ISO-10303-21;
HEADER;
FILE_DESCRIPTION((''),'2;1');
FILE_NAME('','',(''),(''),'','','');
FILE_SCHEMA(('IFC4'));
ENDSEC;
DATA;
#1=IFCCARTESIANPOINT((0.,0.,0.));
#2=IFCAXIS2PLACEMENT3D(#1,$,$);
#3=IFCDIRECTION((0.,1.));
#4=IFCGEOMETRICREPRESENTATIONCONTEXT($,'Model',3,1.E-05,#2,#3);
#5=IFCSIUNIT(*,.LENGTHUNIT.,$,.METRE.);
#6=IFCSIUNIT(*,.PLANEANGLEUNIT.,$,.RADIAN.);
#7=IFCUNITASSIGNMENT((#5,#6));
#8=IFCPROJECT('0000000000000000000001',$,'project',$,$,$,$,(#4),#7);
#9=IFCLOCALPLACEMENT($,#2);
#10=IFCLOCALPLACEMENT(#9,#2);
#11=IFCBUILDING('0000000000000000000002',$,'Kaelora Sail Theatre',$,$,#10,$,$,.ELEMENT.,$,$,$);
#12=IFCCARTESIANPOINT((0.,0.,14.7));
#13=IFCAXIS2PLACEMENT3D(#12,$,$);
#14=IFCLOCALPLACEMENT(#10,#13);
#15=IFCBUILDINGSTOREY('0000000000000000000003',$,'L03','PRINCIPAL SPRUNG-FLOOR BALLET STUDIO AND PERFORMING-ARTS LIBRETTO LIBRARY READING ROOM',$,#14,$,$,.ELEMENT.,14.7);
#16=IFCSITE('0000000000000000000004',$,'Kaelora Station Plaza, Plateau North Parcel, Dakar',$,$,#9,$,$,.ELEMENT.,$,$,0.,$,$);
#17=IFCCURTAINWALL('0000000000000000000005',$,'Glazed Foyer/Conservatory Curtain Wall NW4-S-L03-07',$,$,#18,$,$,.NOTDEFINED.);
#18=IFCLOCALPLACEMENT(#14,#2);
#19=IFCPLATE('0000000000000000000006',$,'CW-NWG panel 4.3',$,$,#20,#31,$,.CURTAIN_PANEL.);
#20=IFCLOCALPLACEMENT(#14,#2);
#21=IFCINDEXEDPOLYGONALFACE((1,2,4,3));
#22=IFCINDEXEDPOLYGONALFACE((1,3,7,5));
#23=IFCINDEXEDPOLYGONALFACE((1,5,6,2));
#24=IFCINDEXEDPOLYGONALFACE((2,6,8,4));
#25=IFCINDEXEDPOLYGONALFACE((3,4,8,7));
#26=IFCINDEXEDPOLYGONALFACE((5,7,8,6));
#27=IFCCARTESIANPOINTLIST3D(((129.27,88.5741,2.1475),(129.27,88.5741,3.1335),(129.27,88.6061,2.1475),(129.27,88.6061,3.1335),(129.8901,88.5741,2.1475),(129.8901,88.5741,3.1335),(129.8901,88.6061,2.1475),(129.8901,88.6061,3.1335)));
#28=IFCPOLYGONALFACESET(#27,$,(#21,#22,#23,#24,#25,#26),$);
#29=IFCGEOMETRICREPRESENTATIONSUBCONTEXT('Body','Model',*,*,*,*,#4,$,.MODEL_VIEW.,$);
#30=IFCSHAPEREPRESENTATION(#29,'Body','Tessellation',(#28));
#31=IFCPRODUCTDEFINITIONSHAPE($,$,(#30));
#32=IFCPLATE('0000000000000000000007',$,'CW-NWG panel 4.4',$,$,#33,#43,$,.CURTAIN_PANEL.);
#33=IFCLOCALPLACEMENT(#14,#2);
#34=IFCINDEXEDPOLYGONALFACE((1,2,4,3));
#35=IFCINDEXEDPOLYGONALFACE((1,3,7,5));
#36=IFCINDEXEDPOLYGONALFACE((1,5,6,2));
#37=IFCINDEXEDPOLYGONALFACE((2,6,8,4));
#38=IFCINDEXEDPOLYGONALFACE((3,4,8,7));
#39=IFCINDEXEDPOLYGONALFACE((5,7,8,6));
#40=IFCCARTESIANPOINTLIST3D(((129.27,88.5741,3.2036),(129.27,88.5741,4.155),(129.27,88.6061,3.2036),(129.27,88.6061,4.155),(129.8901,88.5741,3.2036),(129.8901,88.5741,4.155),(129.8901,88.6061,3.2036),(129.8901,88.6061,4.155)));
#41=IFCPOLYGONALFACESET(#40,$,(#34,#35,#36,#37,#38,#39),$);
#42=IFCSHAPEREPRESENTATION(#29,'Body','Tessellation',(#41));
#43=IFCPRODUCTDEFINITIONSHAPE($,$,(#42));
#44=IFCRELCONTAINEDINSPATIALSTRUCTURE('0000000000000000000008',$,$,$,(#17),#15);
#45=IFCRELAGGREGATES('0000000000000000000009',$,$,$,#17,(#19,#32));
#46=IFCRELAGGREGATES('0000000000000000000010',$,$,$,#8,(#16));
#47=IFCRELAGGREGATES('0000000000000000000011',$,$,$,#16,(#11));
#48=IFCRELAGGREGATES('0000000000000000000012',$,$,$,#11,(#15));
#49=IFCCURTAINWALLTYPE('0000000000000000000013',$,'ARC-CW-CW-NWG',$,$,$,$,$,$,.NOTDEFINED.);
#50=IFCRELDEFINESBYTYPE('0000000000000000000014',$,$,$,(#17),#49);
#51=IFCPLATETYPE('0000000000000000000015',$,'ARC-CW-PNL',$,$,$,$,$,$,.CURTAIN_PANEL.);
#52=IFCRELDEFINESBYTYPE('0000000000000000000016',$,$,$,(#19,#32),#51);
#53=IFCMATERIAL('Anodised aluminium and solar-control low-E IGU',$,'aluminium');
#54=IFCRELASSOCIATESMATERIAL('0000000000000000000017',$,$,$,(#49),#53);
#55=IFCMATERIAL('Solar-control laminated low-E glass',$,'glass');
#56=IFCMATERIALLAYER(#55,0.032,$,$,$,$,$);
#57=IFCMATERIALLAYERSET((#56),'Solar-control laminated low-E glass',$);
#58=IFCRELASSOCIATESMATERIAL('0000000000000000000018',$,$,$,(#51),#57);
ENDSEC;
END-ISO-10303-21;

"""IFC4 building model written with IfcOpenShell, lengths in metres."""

from ifc_helpers import new_model, si_unit, direction, frame, origin, origin_2d, place, context, subcontext, project, spatial, rectangle, extrude, material, layer, layer_set, type_object, element, aggregate, save


model = new_model("IFC4")

# Units and contexts
model_context = context("Model", 3, precision=1e-05, world=origin(), true_north=direction((0.0, 1.0)))
body_context = subcontext(model_context, "Body", "Model", "MODEL_VIEW")
ifc_project = project(units=[si_unit("LENGTHUNIT", "METRE"), si_unit("PLANEANGLEUNIT", "RADIAN")], contexts=[model_context])

# Site, building, storey
site_placement = place(None, origin())
site = spatial("IfcSite", under=ifc_project, at=site_placement, Name="Kaelora Station Plaza, Plateau North Parcel, Dakar", CompositionType="ELEMENT", RefElevation=0.0)
building_placement = place(site_placement, origin())
building = spatial("IfcBuilding", under=site, at=building_placement, Name="Kaelora Sail Theatre", CompositionType="ELEMENT")
storey_placement = place(building_placement, frame((0.0, 0.0, 14.7)))
storey = spatial("IfcBuildingStorey", under=building, at=storey_placement, Name="L03", Description="PRINCIPAL SPRUNG-FLOOR BALLET STUDIO AND PERFORMING-ARTS LIBRETTO LIBRARY READING ROOM", CompositionType="ELEMENT", Elevation=14.7)

# Curtain wall
ifc_material_1 = material(Name="Anodised aluminium and solar-control low-E IGU", Category="aluminium")
curtain_wall_type = type_object("IfcCurtainWallType", Name="ARC-CW-CW-NWG", PredefinedType="NOTDEFINED", material=ifc_material_1)
curtain_wall_1_placement = place(storey_placement, origin())
curtain_wall_1 = element("IfcCurtainWall", 1, at=curtain_wall_1_placement, inside=storey, type_object=curtain_wall_type, Name="Glazed Foyer/Conservatory Curtain Wall NW4-S-L03-07", PredefinedType="NOTDEFINED")

# Plates
ifc_material_2 = material(Name="Solar-control laminated low-E glass", Category="glass")
ifc_layer = layer(ifc_material_2, 0.032)
ifc_layer_set = layer_set([ifc_layer], Name="Solar-control laminated low-E glass")
plate_type = type_object("IfcPlateType", Name="ARC-CW-PNL", PredefinedType="CURTAIN_PANEL", material=ifc_layer_set)
plate_1_placement = place(storey_placement, frame((129.5801, 88.5901, 2.1475), z_axis=(0.0, 0.0, 1.0), x_axis=(1.0, 0.0, 0.0)))
plate_1 = element("IfcPlate", 2, at=plate_1_placement, type_object=plate_type, Name="CW-NWG panel 4.3", PredefinedType="CURTAIN_PANEL", context=body_context, shape_type="SweptSolid", body=[
    extrude(rectangle(XDim=0.6201, YDim=0.032, at=origin_2d()), origin(), (0.0, 0.0, 1.0), 0.9861),
])
plate_2_placement = place(storey_placement, frame((129.5801, 88.5901, 3.2036), z_axis=(0.0, 0.0, 1.0), x_axis=(1.0, 0.0, 0.0)))
plate_2 = element("IfcPlate", 3, at=plate_2_placement, type_object=plate_type, Name="CW-NWG panel 4.4", PredefinedType="CURTAIN_PANEL", context=body_context, shape_type="SweptSolid", body=[
    extrude(rectangle(XDim=0.6201, YDim=0.032, at=origin_2d()), origin(), (0.0, 0.0, 1.0), 0.9514),
])
aggregate(curtain_wall_1, [plate_1, plate_2])

save(model, "model.ifc")
